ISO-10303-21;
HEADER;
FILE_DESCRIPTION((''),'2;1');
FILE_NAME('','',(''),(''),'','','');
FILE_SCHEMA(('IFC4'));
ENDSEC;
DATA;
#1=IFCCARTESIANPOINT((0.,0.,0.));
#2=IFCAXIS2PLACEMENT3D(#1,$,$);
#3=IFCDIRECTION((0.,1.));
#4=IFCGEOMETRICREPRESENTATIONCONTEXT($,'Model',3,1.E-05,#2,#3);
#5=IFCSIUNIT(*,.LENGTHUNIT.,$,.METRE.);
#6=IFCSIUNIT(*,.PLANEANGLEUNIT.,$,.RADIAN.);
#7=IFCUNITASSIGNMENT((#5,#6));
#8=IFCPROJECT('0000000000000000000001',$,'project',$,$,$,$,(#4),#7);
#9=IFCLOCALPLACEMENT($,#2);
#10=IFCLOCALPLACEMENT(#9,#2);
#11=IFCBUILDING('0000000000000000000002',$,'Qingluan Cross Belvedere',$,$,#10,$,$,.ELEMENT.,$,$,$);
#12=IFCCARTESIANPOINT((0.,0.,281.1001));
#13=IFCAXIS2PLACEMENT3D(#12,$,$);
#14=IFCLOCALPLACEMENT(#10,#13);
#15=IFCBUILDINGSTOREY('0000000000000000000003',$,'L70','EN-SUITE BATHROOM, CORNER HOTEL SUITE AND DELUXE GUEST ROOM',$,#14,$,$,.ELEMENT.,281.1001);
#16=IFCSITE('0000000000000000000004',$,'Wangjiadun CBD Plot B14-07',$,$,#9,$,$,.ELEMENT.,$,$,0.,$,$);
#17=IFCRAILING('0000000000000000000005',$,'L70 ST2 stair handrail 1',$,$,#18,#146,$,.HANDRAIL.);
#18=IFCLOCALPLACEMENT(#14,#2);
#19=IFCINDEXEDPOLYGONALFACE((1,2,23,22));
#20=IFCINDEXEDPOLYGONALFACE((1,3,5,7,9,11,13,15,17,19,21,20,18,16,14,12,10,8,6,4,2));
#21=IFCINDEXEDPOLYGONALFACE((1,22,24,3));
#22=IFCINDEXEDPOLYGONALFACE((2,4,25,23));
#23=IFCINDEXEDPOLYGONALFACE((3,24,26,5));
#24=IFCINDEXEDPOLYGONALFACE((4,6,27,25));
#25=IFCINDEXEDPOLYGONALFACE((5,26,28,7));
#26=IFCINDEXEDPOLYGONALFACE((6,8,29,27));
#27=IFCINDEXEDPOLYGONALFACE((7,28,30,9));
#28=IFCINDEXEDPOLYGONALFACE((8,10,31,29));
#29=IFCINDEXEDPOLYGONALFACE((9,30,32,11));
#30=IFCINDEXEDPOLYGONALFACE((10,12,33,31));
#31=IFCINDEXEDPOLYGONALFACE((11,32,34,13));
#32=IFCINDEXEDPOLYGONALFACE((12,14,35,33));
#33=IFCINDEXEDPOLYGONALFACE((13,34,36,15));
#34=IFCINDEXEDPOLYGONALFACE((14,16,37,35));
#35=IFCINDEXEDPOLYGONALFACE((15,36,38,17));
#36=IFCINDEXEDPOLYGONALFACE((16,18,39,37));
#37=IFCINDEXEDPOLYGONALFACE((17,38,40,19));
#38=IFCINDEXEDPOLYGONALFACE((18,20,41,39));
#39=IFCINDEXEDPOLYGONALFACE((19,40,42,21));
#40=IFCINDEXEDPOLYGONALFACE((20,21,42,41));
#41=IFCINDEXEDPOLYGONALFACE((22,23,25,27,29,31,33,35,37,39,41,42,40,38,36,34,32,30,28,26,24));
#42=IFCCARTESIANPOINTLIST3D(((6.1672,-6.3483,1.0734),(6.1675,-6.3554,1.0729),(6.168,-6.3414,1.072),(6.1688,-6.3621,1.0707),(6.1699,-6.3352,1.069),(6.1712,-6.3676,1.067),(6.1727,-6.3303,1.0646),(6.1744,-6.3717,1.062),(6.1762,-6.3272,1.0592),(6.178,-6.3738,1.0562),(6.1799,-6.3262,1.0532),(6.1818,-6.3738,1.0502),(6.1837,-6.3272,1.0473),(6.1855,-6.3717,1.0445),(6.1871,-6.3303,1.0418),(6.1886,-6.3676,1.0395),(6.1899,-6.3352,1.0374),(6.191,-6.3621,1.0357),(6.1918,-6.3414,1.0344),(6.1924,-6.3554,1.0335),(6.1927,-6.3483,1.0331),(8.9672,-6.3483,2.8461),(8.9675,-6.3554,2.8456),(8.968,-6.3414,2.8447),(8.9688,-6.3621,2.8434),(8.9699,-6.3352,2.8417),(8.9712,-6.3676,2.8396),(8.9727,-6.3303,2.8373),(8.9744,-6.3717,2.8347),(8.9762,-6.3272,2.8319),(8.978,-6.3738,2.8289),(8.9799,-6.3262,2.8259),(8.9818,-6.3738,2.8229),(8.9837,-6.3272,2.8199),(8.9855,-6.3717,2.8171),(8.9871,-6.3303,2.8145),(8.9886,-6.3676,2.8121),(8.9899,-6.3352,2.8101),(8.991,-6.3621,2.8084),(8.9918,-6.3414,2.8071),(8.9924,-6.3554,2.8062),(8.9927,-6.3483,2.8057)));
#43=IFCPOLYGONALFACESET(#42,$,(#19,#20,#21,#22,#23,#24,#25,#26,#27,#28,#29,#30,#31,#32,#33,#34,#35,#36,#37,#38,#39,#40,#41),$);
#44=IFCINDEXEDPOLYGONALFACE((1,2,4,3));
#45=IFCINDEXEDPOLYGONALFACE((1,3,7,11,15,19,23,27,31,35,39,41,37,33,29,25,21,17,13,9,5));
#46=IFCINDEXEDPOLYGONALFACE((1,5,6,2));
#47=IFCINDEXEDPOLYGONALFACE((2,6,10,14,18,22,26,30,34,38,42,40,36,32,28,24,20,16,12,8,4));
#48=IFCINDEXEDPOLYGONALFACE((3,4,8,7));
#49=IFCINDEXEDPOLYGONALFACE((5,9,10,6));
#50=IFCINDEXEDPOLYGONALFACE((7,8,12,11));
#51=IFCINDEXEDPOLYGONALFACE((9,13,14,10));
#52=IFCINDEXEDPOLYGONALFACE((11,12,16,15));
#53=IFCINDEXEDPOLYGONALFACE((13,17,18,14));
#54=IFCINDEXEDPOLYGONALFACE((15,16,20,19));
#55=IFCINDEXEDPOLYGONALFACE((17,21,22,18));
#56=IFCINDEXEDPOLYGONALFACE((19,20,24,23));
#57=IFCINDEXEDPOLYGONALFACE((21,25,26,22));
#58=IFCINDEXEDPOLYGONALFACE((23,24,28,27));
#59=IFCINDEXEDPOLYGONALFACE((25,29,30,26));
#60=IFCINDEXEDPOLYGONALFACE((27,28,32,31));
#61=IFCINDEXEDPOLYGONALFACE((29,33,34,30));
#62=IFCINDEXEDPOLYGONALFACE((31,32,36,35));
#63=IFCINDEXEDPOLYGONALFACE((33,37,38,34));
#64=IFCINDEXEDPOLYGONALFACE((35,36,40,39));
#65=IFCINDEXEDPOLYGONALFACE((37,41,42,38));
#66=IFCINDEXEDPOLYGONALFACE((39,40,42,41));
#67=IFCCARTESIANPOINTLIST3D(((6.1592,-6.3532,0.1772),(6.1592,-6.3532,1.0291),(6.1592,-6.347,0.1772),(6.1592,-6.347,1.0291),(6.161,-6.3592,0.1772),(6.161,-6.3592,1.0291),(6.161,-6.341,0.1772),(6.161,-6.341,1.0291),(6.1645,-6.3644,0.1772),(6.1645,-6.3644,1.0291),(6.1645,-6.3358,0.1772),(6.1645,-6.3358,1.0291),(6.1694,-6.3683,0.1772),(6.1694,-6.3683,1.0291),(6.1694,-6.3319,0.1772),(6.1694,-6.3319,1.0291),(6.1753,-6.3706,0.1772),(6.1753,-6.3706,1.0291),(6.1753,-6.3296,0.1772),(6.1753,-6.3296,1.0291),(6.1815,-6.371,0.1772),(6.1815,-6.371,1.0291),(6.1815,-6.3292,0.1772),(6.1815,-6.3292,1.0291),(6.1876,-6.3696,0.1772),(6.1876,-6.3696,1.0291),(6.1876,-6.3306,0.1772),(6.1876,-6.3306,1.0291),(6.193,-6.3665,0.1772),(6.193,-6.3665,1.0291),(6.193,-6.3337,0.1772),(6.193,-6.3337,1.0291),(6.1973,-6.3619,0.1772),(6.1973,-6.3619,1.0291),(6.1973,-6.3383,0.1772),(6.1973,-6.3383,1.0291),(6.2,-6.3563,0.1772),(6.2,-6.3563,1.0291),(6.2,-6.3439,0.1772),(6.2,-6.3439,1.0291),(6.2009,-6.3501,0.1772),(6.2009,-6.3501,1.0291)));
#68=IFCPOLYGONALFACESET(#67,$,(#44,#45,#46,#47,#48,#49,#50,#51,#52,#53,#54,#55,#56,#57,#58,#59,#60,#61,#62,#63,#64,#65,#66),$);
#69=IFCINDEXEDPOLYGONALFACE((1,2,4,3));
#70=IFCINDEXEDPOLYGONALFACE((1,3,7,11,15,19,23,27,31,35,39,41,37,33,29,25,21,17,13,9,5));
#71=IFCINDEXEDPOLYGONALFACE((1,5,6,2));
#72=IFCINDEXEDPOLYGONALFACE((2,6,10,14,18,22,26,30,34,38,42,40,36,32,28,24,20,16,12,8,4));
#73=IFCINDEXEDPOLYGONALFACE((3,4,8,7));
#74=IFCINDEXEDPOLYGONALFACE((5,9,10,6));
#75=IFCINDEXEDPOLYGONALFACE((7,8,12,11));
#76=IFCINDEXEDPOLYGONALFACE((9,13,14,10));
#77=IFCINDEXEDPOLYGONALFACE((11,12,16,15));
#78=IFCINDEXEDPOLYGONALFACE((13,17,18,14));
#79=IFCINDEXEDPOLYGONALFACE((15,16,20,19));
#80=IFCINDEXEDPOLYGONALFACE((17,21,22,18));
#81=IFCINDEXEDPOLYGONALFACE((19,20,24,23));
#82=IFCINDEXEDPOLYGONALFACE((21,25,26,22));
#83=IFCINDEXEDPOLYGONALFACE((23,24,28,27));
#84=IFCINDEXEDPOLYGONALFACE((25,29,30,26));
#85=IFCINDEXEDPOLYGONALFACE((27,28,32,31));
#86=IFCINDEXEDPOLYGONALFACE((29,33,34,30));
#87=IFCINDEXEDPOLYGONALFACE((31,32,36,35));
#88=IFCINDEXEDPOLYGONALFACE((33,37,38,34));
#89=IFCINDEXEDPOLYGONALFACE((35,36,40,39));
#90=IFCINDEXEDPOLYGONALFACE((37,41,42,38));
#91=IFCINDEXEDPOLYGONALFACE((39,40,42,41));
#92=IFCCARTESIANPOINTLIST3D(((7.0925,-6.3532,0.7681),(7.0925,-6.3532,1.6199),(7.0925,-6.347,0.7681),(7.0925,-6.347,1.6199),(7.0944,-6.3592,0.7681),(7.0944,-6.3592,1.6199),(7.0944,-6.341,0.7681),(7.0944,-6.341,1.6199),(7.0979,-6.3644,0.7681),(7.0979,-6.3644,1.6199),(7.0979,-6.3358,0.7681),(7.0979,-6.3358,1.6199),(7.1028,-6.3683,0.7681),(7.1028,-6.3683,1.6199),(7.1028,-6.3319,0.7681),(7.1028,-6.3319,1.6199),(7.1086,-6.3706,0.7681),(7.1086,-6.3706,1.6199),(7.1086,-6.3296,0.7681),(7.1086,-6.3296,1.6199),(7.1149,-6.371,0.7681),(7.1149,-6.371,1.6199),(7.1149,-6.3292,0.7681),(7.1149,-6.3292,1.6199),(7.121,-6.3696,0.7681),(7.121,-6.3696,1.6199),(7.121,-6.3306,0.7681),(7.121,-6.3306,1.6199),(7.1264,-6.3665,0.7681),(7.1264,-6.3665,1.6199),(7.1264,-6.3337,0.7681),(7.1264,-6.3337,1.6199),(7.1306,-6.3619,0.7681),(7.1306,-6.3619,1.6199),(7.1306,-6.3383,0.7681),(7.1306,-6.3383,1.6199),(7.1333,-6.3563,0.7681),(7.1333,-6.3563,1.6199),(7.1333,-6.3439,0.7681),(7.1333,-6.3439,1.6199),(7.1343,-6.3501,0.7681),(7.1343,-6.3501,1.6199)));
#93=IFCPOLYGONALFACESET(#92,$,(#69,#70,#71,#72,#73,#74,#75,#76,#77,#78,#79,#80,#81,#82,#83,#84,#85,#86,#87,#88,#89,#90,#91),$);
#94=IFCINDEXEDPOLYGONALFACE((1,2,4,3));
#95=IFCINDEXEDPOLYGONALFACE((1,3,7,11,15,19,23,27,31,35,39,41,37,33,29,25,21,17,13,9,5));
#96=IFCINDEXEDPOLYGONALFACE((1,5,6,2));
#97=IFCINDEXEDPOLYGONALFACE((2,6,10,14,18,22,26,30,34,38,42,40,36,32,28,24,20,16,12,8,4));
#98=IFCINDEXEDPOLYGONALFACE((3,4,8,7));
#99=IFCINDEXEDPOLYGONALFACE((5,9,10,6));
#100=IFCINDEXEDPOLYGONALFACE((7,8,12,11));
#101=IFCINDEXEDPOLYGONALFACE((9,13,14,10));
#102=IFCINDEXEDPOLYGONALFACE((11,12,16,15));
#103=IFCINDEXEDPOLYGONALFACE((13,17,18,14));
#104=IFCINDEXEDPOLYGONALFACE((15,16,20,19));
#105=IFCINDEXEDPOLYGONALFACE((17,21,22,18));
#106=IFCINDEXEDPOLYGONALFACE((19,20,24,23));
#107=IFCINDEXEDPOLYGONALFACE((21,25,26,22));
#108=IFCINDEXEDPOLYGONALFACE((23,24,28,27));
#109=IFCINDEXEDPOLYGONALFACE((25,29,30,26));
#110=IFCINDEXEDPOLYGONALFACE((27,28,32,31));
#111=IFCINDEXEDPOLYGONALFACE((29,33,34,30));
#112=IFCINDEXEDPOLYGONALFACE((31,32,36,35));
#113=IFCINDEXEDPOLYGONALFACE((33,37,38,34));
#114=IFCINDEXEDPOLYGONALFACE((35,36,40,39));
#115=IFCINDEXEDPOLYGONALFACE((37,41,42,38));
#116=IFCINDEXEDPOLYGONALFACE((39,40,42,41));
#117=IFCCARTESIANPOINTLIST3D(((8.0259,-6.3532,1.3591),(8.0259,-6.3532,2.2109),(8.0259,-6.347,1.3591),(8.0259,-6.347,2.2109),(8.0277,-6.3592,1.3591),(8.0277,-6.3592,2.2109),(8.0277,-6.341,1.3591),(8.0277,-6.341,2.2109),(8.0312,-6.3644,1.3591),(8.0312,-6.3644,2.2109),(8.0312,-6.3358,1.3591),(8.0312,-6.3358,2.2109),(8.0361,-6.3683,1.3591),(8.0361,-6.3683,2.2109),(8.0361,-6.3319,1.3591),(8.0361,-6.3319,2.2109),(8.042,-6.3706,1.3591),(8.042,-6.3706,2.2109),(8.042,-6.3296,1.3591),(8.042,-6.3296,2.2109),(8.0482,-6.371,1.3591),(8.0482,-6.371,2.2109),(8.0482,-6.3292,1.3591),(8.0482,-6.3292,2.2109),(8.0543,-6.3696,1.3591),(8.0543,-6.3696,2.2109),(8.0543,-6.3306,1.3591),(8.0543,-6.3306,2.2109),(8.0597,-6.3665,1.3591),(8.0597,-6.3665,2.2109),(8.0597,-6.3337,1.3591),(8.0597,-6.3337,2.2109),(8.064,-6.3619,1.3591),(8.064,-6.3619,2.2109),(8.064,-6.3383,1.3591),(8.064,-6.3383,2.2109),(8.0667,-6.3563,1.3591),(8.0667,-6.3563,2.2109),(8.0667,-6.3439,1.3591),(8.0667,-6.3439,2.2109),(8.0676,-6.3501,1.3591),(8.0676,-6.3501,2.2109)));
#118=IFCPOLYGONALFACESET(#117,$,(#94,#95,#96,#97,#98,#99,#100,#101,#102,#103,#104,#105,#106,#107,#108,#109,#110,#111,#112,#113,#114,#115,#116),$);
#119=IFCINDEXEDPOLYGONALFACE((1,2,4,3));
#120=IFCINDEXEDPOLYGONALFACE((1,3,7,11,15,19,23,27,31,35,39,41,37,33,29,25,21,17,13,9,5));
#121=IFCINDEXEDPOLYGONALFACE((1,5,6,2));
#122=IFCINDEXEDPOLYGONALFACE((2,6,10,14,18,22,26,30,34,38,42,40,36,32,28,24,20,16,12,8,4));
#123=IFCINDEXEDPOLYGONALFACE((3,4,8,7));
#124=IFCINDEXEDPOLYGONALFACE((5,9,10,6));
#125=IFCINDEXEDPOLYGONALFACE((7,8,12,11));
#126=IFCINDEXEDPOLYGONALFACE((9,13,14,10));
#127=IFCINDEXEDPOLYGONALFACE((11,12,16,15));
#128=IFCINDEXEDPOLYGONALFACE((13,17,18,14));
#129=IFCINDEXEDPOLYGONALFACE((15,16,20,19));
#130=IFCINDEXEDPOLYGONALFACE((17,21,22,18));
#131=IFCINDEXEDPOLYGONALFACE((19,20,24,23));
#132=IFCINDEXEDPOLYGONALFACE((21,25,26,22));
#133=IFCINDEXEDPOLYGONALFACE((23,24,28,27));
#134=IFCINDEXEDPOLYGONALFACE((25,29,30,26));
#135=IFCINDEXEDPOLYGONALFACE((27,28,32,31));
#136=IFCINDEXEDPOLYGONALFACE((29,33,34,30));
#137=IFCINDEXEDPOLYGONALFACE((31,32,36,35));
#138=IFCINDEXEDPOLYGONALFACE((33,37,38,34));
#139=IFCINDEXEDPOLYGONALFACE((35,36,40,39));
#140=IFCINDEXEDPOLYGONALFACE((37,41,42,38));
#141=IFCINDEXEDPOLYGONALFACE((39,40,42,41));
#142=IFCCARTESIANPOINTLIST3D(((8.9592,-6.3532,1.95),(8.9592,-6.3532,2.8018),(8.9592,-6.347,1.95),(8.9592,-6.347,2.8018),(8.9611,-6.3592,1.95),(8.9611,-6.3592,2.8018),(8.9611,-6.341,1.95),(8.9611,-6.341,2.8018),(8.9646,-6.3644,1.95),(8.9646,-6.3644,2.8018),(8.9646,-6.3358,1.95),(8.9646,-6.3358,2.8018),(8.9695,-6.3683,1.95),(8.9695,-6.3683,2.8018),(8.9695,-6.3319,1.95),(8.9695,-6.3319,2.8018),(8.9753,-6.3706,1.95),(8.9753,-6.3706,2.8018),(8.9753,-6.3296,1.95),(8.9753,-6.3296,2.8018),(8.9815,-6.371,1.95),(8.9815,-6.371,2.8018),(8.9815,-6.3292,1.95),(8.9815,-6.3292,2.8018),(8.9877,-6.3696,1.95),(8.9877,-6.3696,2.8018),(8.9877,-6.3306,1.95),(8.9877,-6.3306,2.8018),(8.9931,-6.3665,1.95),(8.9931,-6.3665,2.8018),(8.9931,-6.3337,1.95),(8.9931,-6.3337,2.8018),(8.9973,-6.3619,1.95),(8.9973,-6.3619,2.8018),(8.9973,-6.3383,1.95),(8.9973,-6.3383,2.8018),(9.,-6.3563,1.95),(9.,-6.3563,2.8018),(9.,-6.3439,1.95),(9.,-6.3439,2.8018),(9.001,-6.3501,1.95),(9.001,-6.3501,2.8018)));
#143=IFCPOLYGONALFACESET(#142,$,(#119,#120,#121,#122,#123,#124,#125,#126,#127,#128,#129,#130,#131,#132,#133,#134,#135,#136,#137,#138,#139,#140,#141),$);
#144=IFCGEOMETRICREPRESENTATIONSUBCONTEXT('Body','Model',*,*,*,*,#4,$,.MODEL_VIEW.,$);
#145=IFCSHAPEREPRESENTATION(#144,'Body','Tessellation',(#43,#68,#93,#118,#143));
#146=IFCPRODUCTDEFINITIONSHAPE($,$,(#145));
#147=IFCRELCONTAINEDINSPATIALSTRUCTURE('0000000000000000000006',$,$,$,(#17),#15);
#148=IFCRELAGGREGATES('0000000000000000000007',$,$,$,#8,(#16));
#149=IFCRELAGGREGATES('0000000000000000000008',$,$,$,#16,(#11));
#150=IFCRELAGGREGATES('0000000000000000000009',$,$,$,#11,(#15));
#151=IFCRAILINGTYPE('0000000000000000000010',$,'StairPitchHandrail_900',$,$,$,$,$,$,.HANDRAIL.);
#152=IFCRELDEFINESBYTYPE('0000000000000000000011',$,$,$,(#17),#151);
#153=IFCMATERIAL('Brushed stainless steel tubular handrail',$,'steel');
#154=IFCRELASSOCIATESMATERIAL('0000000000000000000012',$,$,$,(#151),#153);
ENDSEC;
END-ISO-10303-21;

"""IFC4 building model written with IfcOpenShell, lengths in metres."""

from ifc_helpers import new_model, si_unit, direction, frame, origin, origin_2d, place, context, subcontext, project, spatial, circle, extrude, material, type_object, element, save


model = new_model("IFC4")

# Units and contexts
model_context = context("Model", 3, precision=1e-05, world=origin(), true_north=direction((0.0, 1.0)))
body_context = subcontext(model_context, "Body", "Model", "MODEL_VIEW")
ifc_project = project(units=[si_unit("LENGTHUNIT", "METRE"), si_unit("PLANEANGLEUNIT", "RADIAN")], contexts=[model_context])

# Site, building, storey
site_placement = place(None, origin())
site = spatial("IfcSite", under=ifc_project, at=site_placement, Name="Wangjiadun CBD Plot B14-07", CompositionType="ELEMENT", RefElevation=0.0)
building_placement = place(site_placement, origin())
building = spatial("IfcBuilding", under=site, at=building_placement, Name="Qingluan Cross Belvedere", CompositionType="ELEMENT")
storey_placement = place(building_placement, frame((0.0, 0.0, 281.1001)))
storey = spatial("IfcBuildingStorey", under=building, at=storey_placement, Name="L70", Description="EN-SUITE BATHROOM, CORNER HOTEL SUITE AND DELUXE GUEST ROOM", CompositionType="ELEMENT", Elevation=281.1001)

# Railing
ifc_material_1 = material(Name="Brushed stainless steel tubular handrail", Category="steel")
railing_type_1 = type_object("IfcRailingType", Name="StairPitchHandrail_900", PredefinedType="HANDRAIL", material=ifc_material_1)
railing_1_placement = place(storey_placement, frame((6.1799, -6.3501, 0.1772)))
element("IfcRailing", 1, at=railing_1_placement, inside=storey, type_object=railing_type_1, Name="L70 ST2 stair handrail 1", PredefinedType="HANDRAIL", context=body_context, shape_type="SweptSolid", body=[
    extrude(circle(Radius=0.0239, at=origin_2d()), frame((0.0, 0.0, 0.876), z_axis=(0.844909, 0.0, 0.53491), x_axis=(0.0, 1.0, 0.0)), (0.0, 0.0, 1.0), 3.314),
    extrude(circle(Radius=0.021, at=origin_2d()), origin(), (0.0, 0.0, 1.0), 0.8518),
    extrude(circle(Radius=0.021, at=origin_2d()), frame((0.9333, 0.0, 0.5908)), (0.0, 0.0, 1.0), 0.8518),
    extrude(circle(Radius=0.021, at=origin_2d()), frame((1.8667, 0.0, 1.1819)), (0.0, 0.0, 1.0), 0.8518),
    extrude(circle(Radius=0.021, at=origin_2d()), frame((2.8, 0.0, 1.7727)), (0.0, 0.0, 1.0), 0.8518),
])

save(model, "model.ifc")
